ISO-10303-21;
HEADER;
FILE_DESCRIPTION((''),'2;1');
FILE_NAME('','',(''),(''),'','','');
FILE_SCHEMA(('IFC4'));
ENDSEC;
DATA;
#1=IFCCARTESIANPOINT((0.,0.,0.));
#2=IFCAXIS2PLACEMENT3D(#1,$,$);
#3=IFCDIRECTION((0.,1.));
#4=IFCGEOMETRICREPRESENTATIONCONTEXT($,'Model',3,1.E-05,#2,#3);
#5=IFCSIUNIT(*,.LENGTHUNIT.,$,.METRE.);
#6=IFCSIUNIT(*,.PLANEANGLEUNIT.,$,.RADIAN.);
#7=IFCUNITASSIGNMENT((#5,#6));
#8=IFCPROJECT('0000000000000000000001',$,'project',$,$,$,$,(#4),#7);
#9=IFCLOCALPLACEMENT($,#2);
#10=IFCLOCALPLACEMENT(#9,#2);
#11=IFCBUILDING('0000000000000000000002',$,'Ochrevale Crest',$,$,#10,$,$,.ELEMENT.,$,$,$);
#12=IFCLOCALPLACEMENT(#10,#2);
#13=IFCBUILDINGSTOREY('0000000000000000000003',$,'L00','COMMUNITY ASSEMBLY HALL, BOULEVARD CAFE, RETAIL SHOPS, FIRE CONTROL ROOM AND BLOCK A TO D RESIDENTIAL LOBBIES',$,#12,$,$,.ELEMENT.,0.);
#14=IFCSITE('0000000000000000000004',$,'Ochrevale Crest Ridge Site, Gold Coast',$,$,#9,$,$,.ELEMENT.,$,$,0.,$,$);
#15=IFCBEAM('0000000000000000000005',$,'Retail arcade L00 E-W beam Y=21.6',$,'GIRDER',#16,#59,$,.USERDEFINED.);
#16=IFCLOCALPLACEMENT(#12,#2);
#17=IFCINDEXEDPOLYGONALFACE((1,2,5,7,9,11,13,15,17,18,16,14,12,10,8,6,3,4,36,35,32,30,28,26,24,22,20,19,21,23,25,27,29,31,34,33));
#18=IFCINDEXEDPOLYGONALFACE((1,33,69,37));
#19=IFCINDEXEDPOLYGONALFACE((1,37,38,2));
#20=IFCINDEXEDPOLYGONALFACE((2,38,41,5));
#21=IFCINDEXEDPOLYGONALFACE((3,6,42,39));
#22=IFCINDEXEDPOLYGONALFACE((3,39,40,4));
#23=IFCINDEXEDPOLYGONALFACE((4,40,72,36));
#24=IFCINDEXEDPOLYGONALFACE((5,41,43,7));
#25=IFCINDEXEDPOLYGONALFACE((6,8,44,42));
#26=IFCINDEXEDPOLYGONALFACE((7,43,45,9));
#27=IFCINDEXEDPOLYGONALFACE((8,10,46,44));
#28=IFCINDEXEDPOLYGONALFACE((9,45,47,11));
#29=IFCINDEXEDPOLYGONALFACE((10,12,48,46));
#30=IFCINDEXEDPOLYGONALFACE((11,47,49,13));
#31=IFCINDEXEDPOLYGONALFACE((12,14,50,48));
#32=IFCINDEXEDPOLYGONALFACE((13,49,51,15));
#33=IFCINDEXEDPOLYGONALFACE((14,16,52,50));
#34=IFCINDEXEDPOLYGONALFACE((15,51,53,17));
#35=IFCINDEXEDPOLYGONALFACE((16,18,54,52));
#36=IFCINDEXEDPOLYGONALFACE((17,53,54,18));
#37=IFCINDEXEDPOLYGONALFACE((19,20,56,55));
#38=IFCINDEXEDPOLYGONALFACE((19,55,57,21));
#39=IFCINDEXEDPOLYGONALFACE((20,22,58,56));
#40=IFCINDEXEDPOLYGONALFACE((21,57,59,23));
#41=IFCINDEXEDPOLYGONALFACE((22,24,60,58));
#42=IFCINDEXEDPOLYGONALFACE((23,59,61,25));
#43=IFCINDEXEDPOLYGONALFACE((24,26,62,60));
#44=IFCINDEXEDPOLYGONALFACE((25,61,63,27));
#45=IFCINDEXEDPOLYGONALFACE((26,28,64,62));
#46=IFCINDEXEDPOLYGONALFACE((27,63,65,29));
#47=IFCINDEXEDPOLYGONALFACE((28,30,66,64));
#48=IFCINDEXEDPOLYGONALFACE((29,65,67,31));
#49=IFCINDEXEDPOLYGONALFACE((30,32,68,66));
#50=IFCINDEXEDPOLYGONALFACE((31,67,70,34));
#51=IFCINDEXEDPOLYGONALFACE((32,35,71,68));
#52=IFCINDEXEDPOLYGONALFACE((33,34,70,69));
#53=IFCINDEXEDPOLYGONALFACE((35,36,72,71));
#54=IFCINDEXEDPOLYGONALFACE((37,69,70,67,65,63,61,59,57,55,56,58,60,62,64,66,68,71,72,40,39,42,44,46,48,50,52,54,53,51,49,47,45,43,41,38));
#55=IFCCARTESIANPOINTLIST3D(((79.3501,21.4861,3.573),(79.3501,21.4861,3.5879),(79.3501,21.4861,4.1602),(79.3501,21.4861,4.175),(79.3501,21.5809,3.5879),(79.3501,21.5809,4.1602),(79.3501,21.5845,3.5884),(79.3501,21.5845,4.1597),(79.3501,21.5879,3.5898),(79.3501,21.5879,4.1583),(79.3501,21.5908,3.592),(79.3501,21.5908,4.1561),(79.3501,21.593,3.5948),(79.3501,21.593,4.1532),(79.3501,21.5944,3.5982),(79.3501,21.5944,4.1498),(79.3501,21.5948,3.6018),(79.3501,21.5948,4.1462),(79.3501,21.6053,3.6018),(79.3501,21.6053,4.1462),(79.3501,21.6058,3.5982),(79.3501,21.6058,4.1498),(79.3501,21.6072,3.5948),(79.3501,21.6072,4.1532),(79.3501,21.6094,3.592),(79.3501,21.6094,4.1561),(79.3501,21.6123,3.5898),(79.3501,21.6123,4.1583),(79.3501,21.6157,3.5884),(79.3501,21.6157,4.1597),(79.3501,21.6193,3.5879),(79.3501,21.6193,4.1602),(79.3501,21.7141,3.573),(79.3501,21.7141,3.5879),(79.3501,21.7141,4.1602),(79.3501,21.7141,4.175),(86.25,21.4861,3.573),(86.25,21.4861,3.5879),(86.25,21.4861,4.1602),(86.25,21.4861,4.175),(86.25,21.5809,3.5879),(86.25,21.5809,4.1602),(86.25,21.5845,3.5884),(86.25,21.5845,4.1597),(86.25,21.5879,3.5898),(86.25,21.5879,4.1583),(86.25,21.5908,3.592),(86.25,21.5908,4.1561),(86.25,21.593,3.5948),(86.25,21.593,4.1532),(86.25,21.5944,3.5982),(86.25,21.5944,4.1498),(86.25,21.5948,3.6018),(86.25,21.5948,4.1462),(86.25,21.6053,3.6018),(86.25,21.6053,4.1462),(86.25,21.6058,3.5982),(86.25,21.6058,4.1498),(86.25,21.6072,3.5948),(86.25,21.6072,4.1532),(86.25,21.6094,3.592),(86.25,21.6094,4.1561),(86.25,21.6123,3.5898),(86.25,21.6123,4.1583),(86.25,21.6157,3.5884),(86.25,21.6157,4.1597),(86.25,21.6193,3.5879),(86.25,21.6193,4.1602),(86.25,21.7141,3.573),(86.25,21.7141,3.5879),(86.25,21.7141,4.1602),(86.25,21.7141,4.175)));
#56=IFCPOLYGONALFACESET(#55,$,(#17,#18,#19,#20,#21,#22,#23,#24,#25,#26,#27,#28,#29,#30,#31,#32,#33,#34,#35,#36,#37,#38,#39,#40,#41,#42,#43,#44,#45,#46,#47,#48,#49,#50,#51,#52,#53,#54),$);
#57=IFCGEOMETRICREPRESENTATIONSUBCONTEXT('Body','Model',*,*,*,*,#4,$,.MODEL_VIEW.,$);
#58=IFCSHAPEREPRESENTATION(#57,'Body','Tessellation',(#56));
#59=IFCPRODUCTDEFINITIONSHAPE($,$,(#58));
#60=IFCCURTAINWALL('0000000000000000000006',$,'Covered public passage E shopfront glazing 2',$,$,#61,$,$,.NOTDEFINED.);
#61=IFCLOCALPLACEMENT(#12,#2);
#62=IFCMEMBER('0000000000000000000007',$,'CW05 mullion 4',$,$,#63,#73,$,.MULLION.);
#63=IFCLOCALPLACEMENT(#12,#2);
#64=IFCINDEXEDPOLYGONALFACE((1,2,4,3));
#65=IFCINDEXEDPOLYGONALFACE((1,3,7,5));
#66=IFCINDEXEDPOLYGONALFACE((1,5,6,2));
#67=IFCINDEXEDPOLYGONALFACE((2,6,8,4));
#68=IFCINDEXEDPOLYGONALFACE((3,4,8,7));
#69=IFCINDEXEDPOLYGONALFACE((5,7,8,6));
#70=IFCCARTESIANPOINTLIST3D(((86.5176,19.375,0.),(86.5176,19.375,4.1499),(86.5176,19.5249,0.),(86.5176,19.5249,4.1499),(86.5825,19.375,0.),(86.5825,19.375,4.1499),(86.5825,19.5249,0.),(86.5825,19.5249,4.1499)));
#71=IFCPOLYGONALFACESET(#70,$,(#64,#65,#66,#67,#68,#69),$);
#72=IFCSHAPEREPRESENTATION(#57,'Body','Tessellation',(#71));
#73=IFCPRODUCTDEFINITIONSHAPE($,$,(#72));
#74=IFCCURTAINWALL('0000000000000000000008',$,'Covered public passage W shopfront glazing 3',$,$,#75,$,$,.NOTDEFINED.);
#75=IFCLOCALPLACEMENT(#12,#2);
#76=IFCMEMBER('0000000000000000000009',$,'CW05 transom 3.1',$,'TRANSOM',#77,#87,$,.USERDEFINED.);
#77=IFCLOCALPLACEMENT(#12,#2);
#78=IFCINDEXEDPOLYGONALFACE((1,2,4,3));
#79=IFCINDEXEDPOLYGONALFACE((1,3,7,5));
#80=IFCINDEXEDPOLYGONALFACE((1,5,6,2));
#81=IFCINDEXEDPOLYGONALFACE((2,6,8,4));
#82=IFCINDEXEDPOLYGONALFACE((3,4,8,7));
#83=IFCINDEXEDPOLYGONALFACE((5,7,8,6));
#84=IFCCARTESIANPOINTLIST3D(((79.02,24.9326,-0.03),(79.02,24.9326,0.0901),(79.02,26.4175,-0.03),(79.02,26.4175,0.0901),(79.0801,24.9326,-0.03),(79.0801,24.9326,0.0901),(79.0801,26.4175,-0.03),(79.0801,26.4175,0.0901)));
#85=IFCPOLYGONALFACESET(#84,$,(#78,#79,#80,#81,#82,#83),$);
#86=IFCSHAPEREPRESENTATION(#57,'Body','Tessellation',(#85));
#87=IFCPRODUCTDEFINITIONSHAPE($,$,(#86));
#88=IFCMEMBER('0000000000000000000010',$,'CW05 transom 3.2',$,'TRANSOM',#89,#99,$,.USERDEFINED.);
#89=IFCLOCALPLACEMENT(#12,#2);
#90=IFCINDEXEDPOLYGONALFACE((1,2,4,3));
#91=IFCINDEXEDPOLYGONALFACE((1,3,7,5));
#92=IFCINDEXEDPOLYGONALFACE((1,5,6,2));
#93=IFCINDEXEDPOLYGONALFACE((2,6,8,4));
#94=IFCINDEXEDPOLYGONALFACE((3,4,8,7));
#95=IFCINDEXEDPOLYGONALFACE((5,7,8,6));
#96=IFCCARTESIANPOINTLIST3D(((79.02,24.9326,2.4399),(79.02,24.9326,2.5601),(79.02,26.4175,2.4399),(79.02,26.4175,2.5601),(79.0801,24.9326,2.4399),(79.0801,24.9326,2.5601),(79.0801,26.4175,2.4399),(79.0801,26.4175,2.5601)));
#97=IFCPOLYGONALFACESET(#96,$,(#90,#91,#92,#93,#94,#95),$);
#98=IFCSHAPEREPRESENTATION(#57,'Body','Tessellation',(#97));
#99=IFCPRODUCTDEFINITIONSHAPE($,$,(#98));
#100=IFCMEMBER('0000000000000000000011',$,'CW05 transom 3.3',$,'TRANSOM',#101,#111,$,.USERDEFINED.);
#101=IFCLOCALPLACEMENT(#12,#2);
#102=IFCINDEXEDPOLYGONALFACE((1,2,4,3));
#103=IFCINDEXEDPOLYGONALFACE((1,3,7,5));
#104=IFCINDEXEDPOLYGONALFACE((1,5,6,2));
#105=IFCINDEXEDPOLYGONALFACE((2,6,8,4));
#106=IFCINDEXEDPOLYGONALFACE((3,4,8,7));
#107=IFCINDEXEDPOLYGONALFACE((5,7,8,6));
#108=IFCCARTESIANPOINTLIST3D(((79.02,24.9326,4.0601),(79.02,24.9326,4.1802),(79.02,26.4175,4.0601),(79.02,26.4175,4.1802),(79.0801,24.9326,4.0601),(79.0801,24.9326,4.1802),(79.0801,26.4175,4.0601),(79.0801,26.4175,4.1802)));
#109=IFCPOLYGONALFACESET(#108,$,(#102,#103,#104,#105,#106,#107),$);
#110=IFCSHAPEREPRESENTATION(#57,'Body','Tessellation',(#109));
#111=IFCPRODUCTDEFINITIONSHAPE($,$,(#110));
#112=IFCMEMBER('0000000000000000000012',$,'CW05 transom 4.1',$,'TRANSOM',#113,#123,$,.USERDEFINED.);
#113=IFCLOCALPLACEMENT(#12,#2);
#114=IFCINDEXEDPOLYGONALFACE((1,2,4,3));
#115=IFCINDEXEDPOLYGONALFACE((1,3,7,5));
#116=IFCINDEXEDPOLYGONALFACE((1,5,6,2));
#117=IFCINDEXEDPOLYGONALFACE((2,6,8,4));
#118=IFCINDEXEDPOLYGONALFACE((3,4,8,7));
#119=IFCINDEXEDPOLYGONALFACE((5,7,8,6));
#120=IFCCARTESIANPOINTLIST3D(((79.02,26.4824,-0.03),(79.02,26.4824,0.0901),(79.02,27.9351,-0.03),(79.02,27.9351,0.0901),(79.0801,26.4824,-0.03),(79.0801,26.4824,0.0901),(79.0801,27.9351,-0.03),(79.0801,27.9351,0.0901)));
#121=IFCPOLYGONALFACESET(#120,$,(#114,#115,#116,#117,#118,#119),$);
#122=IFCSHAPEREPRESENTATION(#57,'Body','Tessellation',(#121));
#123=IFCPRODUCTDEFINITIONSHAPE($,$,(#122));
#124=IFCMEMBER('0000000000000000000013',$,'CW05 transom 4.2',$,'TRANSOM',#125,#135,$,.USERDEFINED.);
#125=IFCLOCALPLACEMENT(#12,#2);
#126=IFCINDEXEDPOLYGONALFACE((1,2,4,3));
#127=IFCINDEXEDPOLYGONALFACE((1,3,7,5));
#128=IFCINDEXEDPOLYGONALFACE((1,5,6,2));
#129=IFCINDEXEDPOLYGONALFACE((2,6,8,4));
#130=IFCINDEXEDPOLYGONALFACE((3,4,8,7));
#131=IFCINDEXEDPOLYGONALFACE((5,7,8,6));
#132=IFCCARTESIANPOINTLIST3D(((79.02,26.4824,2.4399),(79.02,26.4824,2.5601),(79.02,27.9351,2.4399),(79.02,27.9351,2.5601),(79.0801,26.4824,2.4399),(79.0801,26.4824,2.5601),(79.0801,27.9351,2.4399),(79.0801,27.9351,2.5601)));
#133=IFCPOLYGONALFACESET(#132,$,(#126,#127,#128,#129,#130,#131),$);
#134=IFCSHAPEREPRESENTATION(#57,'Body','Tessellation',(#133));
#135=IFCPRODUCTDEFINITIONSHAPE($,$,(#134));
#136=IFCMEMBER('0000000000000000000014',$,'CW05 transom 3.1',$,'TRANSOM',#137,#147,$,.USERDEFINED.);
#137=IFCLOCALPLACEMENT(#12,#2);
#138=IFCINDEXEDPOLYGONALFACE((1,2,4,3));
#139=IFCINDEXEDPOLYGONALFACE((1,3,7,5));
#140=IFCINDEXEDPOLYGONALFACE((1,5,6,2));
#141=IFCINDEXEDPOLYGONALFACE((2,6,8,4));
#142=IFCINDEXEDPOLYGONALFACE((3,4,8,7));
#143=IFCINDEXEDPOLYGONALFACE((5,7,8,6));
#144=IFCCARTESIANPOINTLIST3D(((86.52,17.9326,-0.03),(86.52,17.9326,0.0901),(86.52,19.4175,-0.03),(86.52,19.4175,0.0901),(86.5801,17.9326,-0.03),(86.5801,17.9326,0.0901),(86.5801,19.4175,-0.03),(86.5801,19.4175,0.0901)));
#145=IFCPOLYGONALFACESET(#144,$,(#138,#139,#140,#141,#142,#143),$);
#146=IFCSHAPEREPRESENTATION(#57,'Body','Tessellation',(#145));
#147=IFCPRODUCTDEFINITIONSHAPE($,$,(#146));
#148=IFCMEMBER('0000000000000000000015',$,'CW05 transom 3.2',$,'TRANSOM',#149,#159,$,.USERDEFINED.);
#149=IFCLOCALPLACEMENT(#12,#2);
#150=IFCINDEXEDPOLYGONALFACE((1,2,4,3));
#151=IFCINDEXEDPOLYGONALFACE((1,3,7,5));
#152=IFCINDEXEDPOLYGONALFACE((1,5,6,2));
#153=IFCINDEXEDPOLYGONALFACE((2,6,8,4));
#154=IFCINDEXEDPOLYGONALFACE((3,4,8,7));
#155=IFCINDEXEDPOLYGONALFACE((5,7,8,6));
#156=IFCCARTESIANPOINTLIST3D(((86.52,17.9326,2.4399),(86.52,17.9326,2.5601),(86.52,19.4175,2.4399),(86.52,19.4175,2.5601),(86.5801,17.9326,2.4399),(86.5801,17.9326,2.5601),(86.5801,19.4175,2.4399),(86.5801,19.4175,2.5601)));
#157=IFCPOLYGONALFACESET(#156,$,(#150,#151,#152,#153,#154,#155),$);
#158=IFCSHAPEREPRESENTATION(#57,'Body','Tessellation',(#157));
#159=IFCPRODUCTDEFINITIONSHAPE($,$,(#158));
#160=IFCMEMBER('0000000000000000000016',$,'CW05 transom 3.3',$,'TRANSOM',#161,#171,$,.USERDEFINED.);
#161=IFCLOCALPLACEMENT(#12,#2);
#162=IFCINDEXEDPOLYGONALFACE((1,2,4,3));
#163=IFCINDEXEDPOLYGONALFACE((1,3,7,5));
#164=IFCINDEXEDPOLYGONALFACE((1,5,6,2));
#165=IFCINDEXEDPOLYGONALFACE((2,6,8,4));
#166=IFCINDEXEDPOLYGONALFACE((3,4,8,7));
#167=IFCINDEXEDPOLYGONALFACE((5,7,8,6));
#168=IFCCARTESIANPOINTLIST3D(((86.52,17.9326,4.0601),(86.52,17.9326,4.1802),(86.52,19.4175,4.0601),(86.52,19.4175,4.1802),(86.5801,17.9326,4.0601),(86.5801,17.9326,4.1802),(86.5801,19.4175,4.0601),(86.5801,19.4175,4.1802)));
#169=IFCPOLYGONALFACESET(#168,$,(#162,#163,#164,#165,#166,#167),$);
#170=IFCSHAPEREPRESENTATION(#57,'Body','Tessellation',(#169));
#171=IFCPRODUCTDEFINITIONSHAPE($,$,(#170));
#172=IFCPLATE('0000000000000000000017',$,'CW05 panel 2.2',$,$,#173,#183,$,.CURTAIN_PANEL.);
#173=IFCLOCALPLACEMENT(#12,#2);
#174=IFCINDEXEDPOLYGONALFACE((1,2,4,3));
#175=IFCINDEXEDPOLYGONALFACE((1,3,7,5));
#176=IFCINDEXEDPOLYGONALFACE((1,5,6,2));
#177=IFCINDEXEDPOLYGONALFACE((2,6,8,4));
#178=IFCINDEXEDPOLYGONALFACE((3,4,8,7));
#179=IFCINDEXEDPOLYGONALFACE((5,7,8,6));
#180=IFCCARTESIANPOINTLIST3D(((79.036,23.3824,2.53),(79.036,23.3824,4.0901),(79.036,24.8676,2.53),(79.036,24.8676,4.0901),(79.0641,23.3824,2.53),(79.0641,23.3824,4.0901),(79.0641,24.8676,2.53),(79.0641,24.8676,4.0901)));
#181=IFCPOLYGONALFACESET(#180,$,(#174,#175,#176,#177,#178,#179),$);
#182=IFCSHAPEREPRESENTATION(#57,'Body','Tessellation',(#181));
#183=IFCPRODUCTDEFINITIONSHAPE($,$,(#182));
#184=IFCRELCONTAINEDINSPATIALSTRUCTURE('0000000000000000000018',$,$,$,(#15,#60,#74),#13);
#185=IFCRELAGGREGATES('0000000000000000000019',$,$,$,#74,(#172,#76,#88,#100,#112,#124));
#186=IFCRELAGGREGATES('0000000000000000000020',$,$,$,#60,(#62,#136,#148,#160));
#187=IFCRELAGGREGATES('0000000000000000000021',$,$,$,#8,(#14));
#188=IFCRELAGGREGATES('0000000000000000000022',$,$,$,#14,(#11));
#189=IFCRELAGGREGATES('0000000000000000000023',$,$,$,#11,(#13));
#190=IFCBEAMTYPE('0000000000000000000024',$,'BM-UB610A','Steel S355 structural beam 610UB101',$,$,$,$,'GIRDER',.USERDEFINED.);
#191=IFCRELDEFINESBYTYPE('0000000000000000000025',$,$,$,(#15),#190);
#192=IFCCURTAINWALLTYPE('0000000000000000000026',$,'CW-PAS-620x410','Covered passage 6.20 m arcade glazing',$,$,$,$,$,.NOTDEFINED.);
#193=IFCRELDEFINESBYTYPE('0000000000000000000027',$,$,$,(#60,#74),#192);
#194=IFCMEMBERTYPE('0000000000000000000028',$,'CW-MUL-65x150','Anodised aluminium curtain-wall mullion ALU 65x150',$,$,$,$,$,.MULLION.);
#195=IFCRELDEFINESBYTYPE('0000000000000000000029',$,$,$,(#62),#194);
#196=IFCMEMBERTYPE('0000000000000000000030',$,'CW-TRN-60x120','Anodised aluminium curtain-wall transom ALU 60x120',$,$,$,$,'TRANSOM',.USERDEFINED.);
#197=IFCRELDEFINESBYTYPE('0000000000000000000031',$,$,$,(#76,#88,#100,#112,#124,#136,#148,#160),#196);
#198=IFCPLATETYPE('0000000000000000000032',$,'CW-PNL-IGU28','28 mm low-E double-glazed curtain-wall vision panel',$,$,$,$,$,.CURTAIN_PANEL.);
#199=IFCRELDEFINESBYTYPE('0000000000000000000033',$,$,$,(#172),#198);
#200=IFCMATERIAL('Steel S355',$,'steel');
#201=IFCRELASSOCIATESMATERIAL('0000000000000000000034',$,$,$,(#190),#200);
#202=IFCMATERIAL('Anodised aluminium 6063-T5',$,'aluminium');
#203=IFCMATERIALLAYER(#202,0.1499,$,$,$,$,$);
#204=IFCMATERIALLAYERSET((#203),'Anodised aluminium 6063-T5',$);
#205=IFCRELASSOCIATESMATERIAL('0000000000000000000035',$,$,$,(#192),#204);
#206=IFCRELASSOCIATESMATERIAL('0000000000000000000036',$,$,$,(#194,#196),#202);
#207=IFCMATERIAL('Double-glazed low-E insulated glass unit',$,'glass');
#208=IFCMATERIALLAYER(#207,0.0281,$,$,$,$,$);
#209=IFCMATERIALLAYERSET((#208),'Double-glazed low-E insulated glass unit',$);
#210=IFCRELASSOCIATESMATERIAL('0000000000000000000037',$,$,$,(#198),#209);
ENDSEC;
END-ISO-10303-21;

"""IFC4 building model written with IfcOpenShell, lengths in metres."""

from ifc_helpers import new_model, si_unit, direction, frame, origin, origin_2d, place, context, subcontext, project, spatial, rectangle, i_section, extrude, material, layer, layer_set, material_profile, profile_set, type_object, element, aggregate, save


model = new_model("IFC4")

# Units and contexts
model_context = context("Model", 3, precision=1e-05, world=origin(), true_north=direction((0.0, 1.0)))
body_context = subcontext(model_context, "Body", "Model", "MODEL_VIEW")
ifc_project = project(units=[si_unit("LENGTHUNIT", "METRE"), si_unit("PLANEANGLEUNIT", "RADIAN")], contexts=[model_context])

# Site, building, storey
site_placement = place(None, origin())
site = spatial("IfcSite", under=ifc_project, at=site_placement, Name="Ochrevale Crest Ridge Site, Gold Coast", CompositionType="ELEMENT", RefElevation=0.0)
building_placement = place(site_placement, origin())
building = spatial("IfcBuilding", under=site, at=building_placement, Name="Ochrevale Crest", CompositionType="ELEMENT")
storey_placement = place(building_placement, origin())
storey = spatial("IfcBuildingStorey", under=building, at=storey_placement, Name="L00", Description="COMMUNITY ASSEMBLY HALL, BOULEVARD CAFE, RETAIL SHOPS, FIRE CONTROL ROOM AND BLOCK A TO D RESIDENTIAL LOBBIES", CompositionType="ELEMENT", Elevation=0.0)

# Shared definitions
ifc_material_1 = material(Name="Steel S355", Category="steel")

# Beam
ifc_material_profile_1 = material_profile(ifc_material_1, i_section(OverallWidth=0.228, OverallDepth=0.6021, WebThickness=0.0105, FlangeThickness=0.0149, FilletRadius=0.0139, at=origin_2d()), Name="610UB101")
ifc_profile_set_1 = profile_set([ifc_material_profile_1], Name="Steel S355")
beam_type_1 = type_object("IfcBeamType", Name="BM-UB610A", Description="Steel S355 structural beam 610UB101", ElementType="GIRDER", PredefinedType="USERDEFINED", material=ifc_profile_set_1)
beam_placement = place(storey_placement, frame((79.3501, 21.6001, 3.874), z_axis=(1.0, 0.0, 0.0), x_axis=(0.0, 1.0, 0.0)))
element("IfcBeam", 1, at=beam_placement, inside=storey, type_object=beam_type_1, Name="Retail arcade L00 E-W beam Y=21.6", ObjectType="GIRDER", PredefinedType="USERDEFINED", context=body_context, shape_type="SweptSolid", body=[
    extrude(i_section(OverallWidth=0.228, OverallDepth=0.6021, WebThickness=0.0105, FlangeThickness=0.0149, FilletRadius=0.0139, at=origin_2d()), origin(), (0.0, 0.0, 1.0), 6.8999),
])

# Curtain wall, member
ifc_material_2 = material(Name="Anodised aluminium 6063-T5", Category="aluminium")
ifc_layer_1 = layer(ifc_material_2, 0.1499)
ifc_layer_set_1 = layer_set([ifc_layer_1], Name="Anodised aluminium 6063-T5")
curtain_wall_type = type_object("IfcCurtainWallType", Name="CW-PAS-620x410", Description="Covered passage 6.20 m arcade glazing", PredefinedType="NOTDEFINED", material=ifc_layer_set_1)
curtain_wall_1_placement = place(storey_placement, origin())
curtain_wall_1 = element("IfcCurtainWall", 2, at=curtain_wall_1_placement, inside=storey, type_object=curtain_wall_type, Name="Covered public passage E shopfront glazing 2", PredefinedType="NOTDEFINED")
ifc_material_profile_2 = material_profile(ifc_material_2, rectangle(XDim=0.0649, YDim=0.1499, at=origin_2d()), Name="ALU 65x150")
ifc_profile_set_2 = profile_set([ifc_material_profile_2], Name="Anodised aluminium 6063-T5")
member_type_1 = type_object("IfcMemberType", Name="CW-MUL-65x150", Description="Anodised aluminium curtain-wall mullion ALU 65x150", PredefinedType="MULLION", material=ifc_profile_set_2)
member_1_placement = place(storey_placement, frame((86.55, 19.45, 0.0), z_axis=(0.0, 0.0, 1.0), x_axis=(-1.0, 0.0, 0.0)))
member_1 = element("IfcMember", 3, at=member_1_placement, type_object=member_type_1, Name="CW05 mullion 4", PredefinedType="MULLION", context=body_context, shape_type="SweptSolid", body=[
    extrude(rectangle(XDim=0.0649, YDim=0.1499, at=origin_2d()), origin(), (0.0, 0.0, 1.0), 4.1499),
])

# Curtain wall, members
curtain_wall_2_placement = place(storey_placement, origin())
curtain_wall_2 = element("IfcCurtainWall", 4, at=curtain_wall_2_placement, inside=storey, type_object=curtain_wall_type, Name="Covered public passage W shopfront glazing 3", PredefinedType="NOTDEFINED")
ifc_material_profile_3 = material_profile(ifc_material_2, rectangle(XDim=0.0601, YDim=0.1201, at=origin_2d()), Name="ALU 60x120")
ifc_profile_set_3 = profile_set([ifc_material_profile_3], Name="Anodised aluminium 6063-T5")
member_type_2 = type_object("IfcMemberType", Name="CW-TRN-60x120", Description="Anodised aluminium curtain-wall transom ALU 60x120", ElementType="TRANSOM", PredefinedType="USERDEFINED", material=ifc_profile_set_3)
member_2_placement = place(storey_placement, frame((79.05, 24.9326, 0.03), z_axis=(0.0, 1.0, 0.0), x_axis=(-1.0, 0.0, 0.0)))
member_2 = element("IfcMember", 5, at=member_2_placement, type_object=member_type_2, Name="CW05 transom 3.1", ObjectType="TRANSOM", PredefinedType="USERDEFINED", context=body_context, shape_type="SweptSolid", body=[
    extrude(rectangle(XDim=0.0601, YDim=0.1201, at=origin_2d()), origin(), (0.0, 0.0, 1.0), 1.4849),
])
member_3_placement = place(storey_placement, frame((79.05, 24.9326, 2.5), z_axis=(0.0, 1.0, 0.0), x_axis=(-1.0, 0.0, 0.0)))
member_3 = element("IfcMember", 6, at=member_3_placement, type_object=member_type_2, Name="CW05 transom 3.2", ObjectType="TRANSOM", PredefinedType="USERDEFINED", context=body_context, shape_type="SweptSolid", body=[
    extrude(rectangle(XDim=0.0601, YDim=0.1201, at=origin_2d()), origin(), (0.0, 0.0, 1.0), 1.4849),
])
member_4_placement = place(storey_placement, frame((79.05, 24.9326, 4.1201), z_axis=(0.0, 1.0, 0.0), x_axis=(-1.0, 0.0, 0.0)))
member_4 = element("IfcMember", 7, at=member_4_placement, type_object=member_type_2, Name="CW05 transom 3.3", ObjectType="TRANSOM", PredefinedType="USERDEFINED", context=body_context, shape_type="SweptSolid", body=[
    extrude(rectangle(XDim=0.0601, YDim=0.1201, at=origin_2d()), origin(), (0.0, 0.0, 1.0), 1.4849),
])
member_5_placement = place(storey_placement, frame((79.05, 26.4824, 0.03), z_axis=(0.0, 1.0, 0.0), x_axis=(-1.0, 0.0, 0.0)))
member_5 = element("IfcMember", 8, at=member_5_placement, type_object=member_type_2, Name="CW05 transom 4.1", ObjectType="TRANSOM", PredefinedType="USERDEFINED", context=body_context, shape_type="SweptSolid", body=[
    extrude(rectangle(XDim=0.0601, YDim=0.1201, at=origin_2d()), origin(), (0.0, 0.0, 1.0), 1.4526),
])
member_6_placement = place(storey_placement, frame((79.05, 26.4824, 2.5), z_axis=(0.0, 1.0, 0.0), x_axis=(-1.0, 0.0, 0.0)))
member_6 = element("IfcMember", 9, at=member_6_placement, type_object=member_type_2, Name="CW05 transom 4.2", ObjectType="TRANSOM", PredefinedType="USERDEFINED", context=body_context, shape_type="SweptSolid", body=[
    extrude(rectangle(XDim=0.0601, YDim=0.1201, at=origin_2d()), origin(), (0.0, 0.0, 1.0), 1.4526),
])

# Members
member_7_placement = place(storey_placement, frame((86.55, 17.9326, 0.03), z_axis=(0.0, 1.0, 0.0), x_axis=(-1.0, 0.0, 0.0)))
member_7 = element("IfcMember", 10, at=member_7_placement, type_object=member_type_2, Name="CW05 transom 3.1", ObjectType="TRANSOM", PredefinedType="USERDEFINED", context=body_context, shape_type="SweptSolid", body=[
    extrude(rectangle(XDim=0.0601, YDim=0.1201, at=origin_2d()), origin(), (0.0, 0.0, 1.0), 1.4849),
])
member_8_placement = place(storey_placement, frame((86.55, 17.9326, 2.5), z_axis=(0.0, 1.0, 0.0), x_axis=(-1.0, 0.0, 0.0)))
member_8 = element("IfcMember", 11, at=member_8_placement, type_object=member_type_2, Name="CW05 transom 3.2", ObjectType="TRANSOM", PredefinedType="USERDEFINED", context=body_context, shape_type="SweptSolid", body=[
    extrude(rectangle(XDim=0.0601, YDim=0.1201, at=origin_2d()), origin(), (0.0, 0.0, 1.0), 1.4849),
])
member_9_placement = place(storey_placement, frame((86.55, 17.9326, 4.1201), z_axis=(0.0, 1.0, 0.0), x_axis=(-1.0, 0.0, 0.0)))
member_9 = element("IfcMember", 12, at=member_9_placement, type_object=member_type_2, Name="CW05 transom 3.3", ObjectType="TRANSOM", PredefinedType="USERDEFINED", context=body_context, shape_type="SweptSolid", body=[
    extrude(rectangle(XDim=0.0601, YDim=0.1201, at=origin_2d()), origin(), (0.0, 0.0, 1.0), 1.4849),
])

# Plate
ifc_material_3 = material(Name="Double-glazed low-E insulated glass unit", Category="glass")
ifc_layer_2 = layer(ifc_material_3, 0.0281)
ifc_layer_set_2 = layer_set([ifc_layer_2], Name="Double-glazed low-E insulated glass unit")
plate_type = type_object("IfcPlateType", Name="CW-PNL-IGU28", Description="28 mm low-E double-glazed curtain-wall vision panel", PredefinedType="CURTAIN_PANEL", material=ifc_layer_set_2)
plate_1_placement = place(storey_placement, frame((79.05, 24.125, 2.53), z_axis=(0.0, 0.0, 1.0), x_axis=(0.0, 1.0, 0.0)))
plate_1 = element("IfcPlate", 13, at=plate_1_placement, type_object=plate_type, Name="CW05 panel 2.2", PredefinedType="CURTAIN_PANEL", context=body_context, shape_type="SweptSolid", body=[
    extrude(rectangle(XDim=1.4851, YDim=0.0281, at=origin_2d()), origin(), (0.0, 0.0, 1.0), 1.5601),
])
aggregate(curtain_wall_2, [plate_1, member_2, member_3, member_4, member_5, member_6])
aggregate(curtain_wall_1, [member_1, member_7, member_8, member_9])

save(model, "model.ifc")
